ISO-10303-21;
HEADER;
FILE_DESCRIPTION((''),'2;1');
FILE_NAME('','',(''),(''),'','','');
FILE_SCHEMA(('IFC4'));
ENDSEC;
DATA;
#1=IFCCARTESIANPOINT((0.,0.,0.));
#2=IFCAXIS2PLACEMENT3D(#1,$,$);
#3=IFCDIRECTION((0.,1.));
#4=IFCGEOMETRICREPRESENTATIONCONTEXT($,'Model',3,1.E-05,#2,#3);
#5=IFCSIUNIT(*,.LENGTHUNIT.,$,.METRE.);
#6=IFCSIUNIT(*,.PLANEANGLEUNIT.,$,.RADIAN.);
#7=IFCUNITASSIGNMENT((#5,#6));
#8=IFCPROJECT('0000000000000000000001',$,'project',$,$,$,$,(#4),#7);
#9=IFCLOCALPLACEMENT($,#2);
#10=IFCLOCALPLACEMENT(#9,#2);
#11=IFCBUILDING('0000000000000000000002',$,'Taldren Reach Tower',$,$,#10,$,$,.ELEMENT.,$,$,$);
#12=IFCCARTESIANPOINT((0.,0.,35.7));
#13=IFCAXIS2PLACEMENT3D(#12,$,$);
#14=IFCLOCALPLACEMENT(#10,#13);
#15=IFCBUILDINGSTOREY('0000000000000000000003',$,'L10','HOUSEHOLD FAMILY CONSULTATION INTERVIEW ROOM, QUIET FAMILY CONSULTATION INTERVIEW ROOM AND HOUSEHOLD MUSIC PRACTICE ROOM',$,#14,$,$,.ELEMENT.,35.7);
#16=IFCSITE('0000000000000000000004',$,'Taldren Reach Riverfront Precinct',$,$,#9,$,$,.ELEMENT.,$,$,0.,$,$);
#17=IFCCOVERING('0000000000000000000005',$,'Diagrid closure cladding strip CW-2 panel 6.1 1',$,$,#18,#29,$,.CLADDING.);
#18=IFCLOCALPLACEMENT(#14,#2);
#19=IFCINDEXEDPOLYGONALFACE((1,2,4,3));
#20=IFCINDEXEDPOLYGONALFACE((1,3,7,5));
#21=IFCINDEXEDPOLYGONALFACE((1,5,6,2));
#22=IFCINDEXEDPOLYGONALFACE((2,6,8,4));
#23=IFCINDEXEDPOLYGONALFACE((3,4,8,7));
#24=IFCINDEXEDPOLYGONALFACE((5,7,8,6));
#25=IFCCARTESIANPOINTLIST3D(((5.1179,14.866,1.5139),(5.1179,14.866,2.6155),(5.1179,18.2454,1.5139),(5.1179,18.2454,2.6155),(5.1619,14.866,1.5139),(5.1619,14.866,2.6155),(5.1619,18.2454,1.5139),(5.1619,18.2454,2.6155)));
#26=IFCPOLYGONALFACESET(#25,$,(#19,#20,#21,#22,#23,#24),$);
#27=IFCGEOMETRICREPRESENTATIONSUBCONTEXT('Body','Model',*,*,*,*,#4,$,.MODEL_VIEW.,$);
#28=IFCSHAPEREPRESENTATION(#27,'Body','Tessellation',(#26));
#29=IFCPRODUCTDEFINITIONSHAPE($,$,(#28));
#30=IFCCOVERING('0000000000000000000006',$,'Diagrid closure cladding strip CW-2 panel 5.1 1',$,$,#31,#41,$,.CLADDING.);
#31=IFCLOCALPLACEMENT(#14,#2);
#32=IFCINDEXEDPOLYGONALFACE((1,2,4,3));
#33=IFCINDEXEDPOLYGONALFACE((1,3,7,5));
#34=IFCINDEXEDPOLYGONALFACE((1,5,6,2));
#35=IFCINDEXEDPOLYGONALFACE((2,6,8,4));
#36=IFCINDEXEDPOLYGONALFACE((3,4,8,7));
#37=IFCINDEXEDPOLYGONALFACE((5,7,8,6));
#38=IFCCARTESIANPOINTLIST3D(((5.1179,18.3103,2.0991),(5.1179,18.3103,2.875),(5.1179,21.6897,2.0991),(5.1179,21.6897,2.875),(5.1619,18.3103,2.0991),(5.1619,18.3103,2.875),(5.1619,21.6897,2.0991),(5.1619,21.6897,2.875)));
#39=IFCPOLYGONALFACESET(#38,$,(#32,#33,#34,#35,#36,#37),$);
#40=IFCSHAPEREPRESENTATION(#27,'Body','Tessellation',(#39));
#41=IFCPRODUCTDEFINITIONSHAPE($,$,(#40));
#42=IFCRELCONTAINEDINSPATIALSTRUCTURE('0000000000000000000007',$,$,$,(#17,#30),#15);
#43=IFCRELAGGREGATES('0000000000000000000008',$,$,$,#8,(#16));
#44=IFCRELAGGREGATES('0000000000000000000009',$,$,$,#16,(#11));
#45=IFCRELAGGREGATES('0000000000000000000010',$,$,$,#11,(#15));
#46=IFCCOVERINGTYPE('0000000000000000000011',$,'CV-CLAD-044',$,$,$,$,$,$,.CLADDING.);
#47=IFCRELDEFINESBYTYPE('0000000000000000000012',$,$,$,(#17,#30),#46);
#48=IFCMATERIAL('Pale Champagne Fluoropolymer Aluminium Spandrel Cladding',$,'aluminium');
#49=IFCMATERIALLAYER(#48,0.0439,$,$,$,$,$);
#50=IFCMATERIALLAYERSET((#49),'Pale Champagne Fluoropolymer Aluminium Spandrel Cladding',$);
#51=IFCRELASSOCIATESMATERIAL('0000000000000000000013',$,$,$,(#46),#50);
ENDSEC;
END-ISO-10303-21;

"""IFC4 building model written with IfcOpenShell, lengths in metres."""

from ifc_helpers import new_model, si_unit, direction, frame, origin, origin_2d, place, context, subcontext, project, spatial, rectangle, extrude, source, transform, mapped, material, layer, layer_set, type_object, element, save


model = new_model("IFC4")

# Units and contexts
model_context = context("Model", 3, precision=1e-05, world=origin(), true_north=direction((0.0, 1.0)))
body_context = subcontext(model_context, "Body", "Model", "MODEL_VIEW")
ifc_project = project(units=[si_unit("LENGTHUNIT", "METRE"), si_unit("PLANEANGLEUNIT", "RADIAN")], contexts=[model_context])

# Site, building, storey
site_placement = place(None, origin())
site = spatial("IfcSite", under=ifc_project, at=site_placement, Name="Taldren Reach Riverfront Precinct", CompositionType="ELEMENT", RefElevation=0.0)
building_placement = place(site_placement, origin())
building = spatial("IfcBuilding", under=site, at=building_placement, Name="Taldren Reach Tower", CompositionType="ELEMENT")
storey_placement = place(building_placement, frame((0.0, 0.0, 35.7)))
storey = spatial("IfcBuildingStorey", under=building, at=storey_placement, Name="L10", Description="HOUSEHOLD FAMILY CONSULTATION INTERVIEW ROOM, QUIET FAMILY CONSULTATION INTERVIEW ROOM AND HOUSEHOLD MUSIC PRACTICE ROOM", CompositionType="ELEMENT", Elevation=35.7)

# Coverings
ifc_material_1 = material(Name="Pale Champagne Fluoropolymer Aluminium Spandrel Cladding", Category="aluminium")
ifc_layer_1 = layer(ifc_material_1, 0.0439)
ifc_layer_set_1 = layer_set([ifc_layer_1], Name="Pale Champagne Fluoropolymer Aluminium Spandrel Cladding")
covering_type = type_object("IfcCoveringType", Name="CV-CLAD-044", PredefinedType="CLADDING", material=ifc_layer_set_1)
shared_shape_1 = source(origin(), body_context, "Body", "SweptSolid", [
    extrude(rectangle(XDim=3.3794, YDim=0.0439, at=origin_2d()), origin(), (0.0, 0.0, 1.0), 1.1016),
])
covering_1_placement = place(storey_placement, frame((5.1399, 16.5557, 1.5139), z_axis=(0.0, 0.0, 1.0), x_axis=(0.0, -1.0, 0.0)))
element("IfcCovering", 1, at=covering_1_placement, inside=storey, type_object=covering_type, Name="Diagrid closure cladding strip CW-2 panel 6.1 1", PredefinedType="CLADDING", context=body_context, shape_type="MappedRepresentation", body=[
    mapped(shared_shape_1, transform((0.0, 0.0, 0.0), scale=1.0)),
])
shared_shape_2 = source(origin(), body_context, "Body", "SweptSolid", [
    extrude(rectangle(XDim=3.3794, YDim=0.0439, at=origin_2d()), origin(), (0.0, 0.0, 1.0), 0.7759),
])
covering_2_placement = place(storey_placement, frame((5.1399, 20.0, 2.0991), z_axis=(0.0, 0.0, 1.0), x_axis=(0.0, -1.0, 0.0)))
element("IfcCovering", 2, at=covering_2_placement, inside=storey, type_object=covering_type, Name="Diagrid closure cladding strip CW-2 panel 5.1 1", PredefinedType="CLADDING", context=body_context, shape_type="MappedRepresentation", body=[
    mapped(shared_shape_2, transform((0.0, 0.0, 0.0), scale=1.0)),
])

save(model, "model.ifc")
